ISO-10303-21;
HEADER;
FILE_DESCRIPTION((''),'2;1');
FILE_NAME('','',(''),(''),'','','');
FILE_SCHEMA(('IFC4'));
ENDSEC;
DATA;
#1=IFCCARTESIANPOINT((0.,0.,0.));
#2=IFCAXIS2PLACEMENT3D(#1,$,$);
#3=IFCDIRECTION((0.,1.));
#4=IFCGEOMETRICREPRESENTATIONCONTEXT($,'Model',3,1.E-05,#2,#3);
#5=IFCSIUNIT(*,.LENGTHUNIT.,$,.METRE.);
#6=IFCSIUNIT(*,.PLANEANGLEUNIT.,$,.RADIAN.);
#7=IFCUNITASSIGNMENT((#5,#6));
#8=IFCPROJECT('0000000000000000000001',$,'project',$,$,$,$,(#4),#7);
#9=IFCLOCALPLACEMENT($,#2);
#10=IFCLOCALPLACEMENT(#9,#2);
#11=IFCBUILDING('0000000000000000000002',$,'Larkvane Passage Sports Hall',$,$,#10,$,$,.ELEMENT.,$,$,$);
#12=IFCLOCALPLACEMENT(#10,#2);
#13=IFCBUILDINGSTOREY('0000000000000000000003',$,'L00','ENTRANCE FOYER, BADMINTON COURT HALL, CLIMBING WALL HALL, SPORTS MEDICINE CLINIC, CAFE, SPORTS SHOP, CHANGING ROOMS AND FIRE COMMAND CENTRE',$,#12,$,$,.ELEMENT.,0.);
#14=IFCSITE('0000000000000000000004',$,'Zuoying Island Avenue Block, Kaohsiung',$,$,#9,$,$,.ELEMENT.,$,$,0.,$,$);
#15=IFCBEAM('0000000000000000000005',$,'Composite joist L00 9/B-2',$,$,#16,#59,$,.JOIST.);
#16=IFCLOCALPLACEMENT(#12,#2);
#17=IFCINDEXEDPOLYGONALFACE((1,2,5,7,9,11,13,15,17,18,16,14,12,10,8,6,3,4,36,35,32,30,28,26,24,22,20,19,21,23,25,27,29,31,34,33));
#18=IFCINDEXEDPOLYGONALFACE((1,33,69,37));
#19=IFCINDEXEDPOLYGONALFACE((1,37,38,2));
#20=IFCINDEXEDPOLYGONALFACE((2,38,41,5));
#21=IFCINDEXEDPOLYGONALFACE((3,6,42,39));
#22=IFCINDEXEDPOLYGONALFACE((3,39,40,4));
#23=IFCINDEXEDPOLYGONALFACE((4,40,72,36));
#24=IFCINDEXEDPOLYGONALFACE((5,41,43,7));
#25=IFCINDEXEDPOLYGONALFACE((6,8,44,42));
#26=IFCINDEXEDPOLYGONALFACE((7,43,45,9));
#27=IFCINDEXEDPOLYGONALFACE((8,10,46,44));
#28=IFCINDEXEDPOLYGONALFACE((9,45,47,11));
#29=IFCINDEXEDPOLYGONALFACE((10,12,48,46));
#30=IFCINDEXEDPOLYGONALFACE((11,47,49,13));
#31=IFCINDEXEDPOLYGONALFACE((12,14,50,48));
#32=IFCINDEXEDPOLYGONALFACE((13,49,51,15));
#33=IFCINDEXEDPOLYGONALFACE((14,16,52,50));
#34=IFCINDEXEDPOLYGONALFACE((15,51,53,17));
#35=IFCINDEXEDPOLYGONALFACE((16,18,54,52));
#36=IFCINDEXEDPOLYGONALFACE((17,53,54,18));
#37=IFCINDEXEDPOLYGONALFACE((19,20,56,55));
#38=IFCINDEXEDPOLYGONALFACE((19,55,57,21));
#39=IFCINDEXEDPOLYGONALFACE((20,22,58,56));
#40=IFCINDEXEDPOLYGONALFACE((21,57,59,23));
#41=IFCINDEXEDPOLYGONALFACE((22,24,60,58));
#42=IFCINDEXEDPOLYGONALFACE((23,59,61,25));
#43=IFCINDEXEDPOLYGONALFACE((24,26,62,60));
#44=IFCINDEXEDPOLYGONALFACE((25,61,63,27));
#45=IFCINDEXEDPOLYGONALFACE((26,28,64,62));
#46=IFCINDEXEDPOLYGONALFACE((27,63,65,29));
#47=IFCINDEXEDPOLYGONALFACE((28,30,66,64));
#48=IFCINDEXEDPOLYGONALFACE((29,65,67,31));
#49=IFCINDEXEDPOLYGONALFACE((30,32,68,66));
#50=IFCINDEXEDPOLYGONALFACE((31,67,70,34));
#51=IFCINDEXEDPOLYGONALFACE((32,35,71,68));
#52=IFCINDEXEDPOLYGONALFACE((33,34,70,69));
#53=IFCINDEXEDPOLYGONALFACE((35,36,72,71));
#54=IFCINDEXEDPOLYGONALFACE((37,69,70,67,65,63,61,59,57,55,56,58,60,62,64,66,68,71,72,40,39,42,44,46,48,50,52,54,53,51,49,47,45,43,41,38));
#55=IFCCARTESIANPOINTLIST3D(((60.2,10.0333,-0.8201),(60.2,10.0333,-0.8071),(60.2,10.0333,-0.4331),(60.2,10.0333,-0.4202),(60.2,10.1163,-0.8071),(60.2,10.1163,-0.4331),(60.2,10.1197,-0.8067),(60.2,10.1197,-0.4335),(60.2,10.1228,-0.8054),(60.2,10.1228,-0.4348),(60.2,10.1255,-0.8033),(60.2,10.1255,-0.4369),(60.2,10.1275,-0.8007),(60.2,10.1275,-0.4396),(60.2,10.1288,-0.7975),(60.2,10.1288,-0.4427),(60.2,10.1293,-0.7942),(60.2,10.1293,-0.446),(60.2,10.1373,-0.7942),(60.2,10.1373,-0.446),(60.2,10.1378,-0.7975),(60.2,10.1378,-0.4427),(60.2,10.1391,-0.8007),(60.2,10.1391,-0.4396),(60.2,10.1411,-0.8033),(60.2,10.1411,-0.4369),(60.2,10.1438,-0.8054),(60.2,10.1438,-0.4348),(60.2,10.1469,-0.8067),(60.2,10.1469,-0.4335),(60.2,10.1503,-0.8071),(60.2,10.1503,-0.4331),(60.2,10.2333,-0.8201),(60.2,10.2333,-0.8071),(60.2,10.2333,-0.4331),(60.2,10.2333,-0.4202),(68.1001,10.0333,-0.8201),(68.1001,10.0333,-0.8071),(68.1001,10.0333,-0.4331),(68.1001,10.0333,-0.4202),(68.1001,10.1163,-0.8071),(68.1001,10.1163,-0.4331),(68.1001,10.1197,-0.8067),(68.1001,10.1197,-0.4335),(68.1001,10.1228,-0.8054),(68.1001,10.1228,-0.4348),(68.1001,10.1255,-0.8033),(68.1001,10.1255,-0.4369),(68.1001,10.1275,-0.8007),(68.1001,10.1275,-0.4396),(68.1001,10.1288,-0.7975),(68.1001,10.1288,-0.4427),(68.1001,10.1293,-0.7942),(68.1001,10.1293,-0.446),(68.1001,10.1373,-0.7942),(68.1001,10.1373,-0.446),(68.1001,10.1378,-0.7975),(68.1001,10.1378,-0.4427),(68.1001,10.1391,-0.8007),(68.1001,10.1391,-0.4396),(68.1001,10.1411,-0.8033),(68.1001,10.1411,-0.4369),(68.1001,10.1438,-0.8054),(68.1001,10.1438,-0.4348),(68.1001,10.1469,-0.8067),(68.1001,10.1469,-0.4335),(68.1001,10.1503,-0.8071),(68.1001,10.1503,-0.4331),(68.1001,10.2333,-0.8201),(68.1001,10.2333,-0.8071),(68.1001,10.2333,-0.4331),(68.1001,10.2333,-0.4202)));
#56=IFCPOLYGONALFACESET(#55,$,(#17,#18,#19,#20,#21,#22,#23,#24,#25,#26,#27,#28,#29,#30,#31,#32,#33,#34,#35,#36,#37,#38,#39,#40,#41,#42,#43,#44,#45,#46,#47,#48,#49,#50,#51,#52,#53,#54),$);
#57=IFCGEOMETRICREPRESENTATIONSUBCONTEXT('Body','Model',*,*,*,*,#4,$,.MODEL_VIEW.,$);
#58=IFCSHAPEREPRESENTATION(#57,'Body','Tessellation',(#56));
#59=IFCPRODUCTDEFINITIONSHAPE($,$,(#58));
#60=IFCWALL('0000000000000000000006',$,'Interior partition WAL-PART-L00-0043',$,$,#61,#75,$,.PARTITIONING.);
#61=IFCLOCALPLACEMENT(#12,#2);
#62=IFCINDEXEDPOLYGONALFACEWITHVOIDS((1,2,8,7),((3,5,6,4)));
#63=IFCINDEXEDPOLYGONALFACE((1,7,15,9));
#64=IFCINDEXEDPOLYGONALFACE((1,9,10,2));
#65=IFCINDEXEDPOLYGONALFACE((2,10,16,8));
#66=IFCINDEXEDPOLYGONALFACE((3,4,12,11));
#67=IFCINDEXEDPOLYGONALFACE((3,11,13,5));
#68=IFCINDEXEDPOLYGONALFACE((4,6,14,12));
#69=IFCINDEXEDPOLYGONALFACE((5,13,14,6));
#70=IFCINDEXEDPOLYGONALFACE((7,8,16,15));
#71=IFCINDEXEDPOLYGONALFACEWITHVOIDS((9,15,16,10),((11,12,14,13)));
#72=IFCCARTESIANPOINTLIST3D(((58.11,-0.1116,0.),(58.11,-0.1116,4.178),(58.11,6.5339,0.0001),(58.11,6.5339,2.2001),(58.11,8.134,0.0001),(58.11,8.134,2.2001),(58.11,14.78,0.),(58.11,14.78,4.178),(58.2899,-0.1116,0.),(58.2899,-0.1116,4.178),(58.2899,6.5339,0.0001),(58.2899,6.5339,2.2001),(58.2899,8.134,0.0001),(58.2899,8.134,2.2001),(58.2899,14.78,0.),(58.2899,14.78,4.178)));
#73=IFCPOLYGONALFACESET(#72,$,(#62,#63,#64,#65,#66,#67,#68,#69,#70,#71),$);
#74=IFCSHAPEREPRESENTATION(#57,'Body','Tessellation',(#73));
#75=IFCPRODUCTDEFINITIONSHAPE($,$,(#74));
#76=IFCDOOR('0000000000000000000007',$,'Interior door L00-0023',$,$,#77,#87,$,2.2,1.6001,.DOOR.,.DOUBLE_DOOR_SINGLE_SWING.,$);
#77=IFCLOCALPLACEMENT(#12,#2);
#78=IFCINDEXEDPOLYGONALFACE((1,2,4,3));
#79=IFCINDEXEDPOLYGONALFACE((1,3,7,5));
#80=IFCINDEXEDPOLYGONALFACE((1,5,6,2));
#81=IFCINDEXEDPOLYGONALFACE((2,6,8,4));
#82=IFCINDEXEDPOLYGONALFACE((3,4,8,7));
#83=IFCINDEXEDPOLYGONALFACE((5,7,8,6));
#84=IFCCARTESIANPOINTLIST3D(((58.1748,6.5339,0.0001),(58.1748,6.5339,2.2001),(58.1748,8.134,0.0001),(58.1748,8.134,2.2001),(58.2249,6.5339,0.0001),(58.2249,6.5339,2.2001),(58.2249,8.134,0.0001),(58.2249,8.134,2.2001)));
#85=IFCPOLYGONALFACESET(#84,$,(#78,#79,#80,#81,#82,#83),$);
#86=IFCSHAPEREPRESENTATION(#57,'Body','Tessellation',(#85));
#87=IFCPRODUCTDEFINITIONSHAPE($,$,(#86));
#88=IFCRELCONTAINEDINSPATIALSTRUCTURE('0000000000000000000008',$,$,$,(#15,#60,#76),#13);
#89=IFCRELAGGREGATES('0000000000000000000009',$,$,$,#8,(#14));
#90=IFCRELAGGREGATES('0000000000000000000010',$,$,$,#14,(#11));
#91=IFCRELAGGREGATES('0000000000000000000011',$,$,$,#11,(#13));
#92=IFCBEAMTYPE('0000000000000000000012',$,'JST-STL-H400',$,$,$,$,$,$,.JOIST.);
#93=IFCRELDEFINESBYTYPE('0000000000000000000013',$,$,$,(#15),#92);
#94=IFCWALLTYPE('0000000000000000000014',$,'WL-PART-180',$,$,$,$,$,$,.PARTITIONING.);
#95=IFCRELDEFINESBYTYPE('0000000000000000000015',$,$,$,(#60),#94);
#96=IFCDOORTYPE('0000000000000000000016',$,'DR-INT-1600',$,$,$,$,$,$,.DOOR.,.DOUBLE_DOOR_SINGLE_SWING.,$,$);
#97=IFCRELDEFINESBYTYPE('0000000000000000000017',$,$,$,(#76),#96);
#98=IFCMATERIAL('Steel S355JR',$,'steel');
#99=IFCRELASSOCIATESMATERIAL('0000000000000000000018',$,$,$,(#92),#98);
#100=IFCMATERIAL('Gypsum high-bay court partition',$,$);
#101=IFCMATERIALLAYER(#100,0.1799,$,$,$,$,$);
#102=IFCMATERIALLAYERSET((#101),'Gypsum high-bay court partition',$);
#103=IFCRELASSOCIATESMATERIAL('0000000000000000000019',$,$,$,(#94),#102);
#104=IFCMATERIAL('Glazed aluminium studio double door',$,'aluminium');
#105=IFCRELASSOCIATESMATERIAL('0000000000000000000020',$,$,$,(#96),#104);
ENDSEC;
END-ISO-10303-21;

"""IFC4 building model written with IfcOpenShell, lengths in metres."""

from ifc_helpers import new_model, si_unit, direction, frame, frame_2d, origin, origin_2d, place, context, subcontext, project, spatial, rectangle, i_section, extrude, material, layer, layer_set, material_profile, profile_set, type_object, element, fill, save


model = new_model("IFC4")

# Units and contexts
model_context = context("Model", 3, precision=1e-05, world=origin(), true_north=direction((0.0, 1.0)))
body_context = subcontext(model_context, "Body", "Model", "MODEL_VIEW")
ifc_project = project(units=[si_unit("LENGTHUNIT", "METRE"), si_unit("PLANEANGLEUNIT", "RADIAN")], contexts=[model_context])

# Site, building, storey
site_placement = place(None, origin())
site = spatial("IfcSite", under=ifc_project, at=site_placement, Name="Zuoying Island Avenue Block, Kaohsiung", CompositionType="ELEMENT", RefElevation=0.0)
building_placement = place(site_placement, origin())
building = spatial("IfcBuilding", under=site, at=building_placement, Name="Larkvane Passage Sports Hall", CompositionType="ELEMENT")
storey_placement = place(building_placement, origin())
storey = spatial("IfcBuildingStorey", under=building, at=storey_placement, Name="L00", Description="ENTRANCE FOYER, BADMINTON COURT HALL, CLIMBING WALL HALL, SPORTS MEDICINE CLINIC, CAFE, SPORTS SHOP, CHANGING ROOMS AND FIRE COMMAND CENTRE", CompositionType="ELEMENT", Elevation=0.0)

# Shared definitions
ifc_material_1 = material(Name="Steel S355JR", Category="steel")

# Beam
ifc_material_profile_1 = material_profile(ifc_material_1, i_section(OverallWidth=0.2, OverallDepth=0.3999, WebThickness=0.0081, FlangeThickness=0.0129, FilletRadius=0.0129, at=origin_2d()), Name="H-400x200x8x13")
ifc_profile_set_1 = profile_set([ifc_material_profile_1], Name="Steel S355JR")
beam_type_1 = type_object("IfcBeamType", Name="JST-STL-H400", PredefinedType="JOIST", material=ifc_profile_set_1)
beam_1_placement = place(storey_placement, frame((60.2, 10.1333, -0.6201), z_axis=(1.0, 0.0, 0.0), x_axis=(0.0, 1.0, 0.0)))
element("IfcBeam", 1, at=beam_1_placement, inside=storey, type_object=beam_type_1, Name="Composite joist L00 9/B-2", PredefinedType="JOIST", context=body_context, shape_type="SweptSolid", body=[
    extrude(i_section(OverallWidth=0.2, OverallDepth=0.3999, WebThickness=0.0081, FlangeThickness=0.0129, FilletRadius=0.0129, at=origin_2d()), origin(), (0.0, 0.0, 1.0), 7.9001),
])

# Wall, opening, door
ifc_material_2 = material(Name="Gypsum high-bay court partition")
ifc_layer = layer(ifc_material_2, 0.1799)
ifc_layer_set = layer_set([ifc_layer], Name="Gypsum high-bay court partition")
wall_type = type_object("IfcWallType", Name="WL-PART-180", PredefinedType="PARTITIONING", material=ifc_layer_set)
wall_placement = place(storey_placement, frame((58.2, 14.78, 0.0), z_axis=(0.0, 0.0, 1.0), x_axis=(0.0, -1.0, 0.0)))
wall = element("IfcWall", 2, at=wall_placement, inside=storey, type_object=wall_type, Name="Interior partition WAL-PART-L00-0043", PredefinedType="PARTITIONING", context=body_context, shape_type="SweptSolid", body=[
    extrude(rectangle(XDim=14.8916, YDim=0.1799, at=frame_2d((7.4458, 0.0))), origin(), (0.0, 0.0, 1.0), 4.178),
])
opening_placement = place(wall_placement, frame((6.646, 0.0, 0.0)))
opening = element("IfcOpeningElement", 3, at=opening_placement, cuts=wall, PredefinedType="OPENING", context=body_context, shape_type="SweptSolid", body=[
    extrude(rectangle(XDim=1.6001, YDim=2.2, at=frame_2d((0.8, 1.1001))), frame((0.0, 0.0999, 0.0), z_axis=(0.0, -1.0, 0.0), x_axis=(1.0, 0.0, 0.0)), (0.0, 0.0, 1.0), 0.2),
])
ifc_material_3 = material(Name="Glazed aluminium studio double door", Category="aluminium")
door_type = type_object("IfcDoorType", Name="DR-INT-1600", OperationType="DOUBLE_DOOR_SINGLE_SWING", PredefinedType="DOOR", material=ifc_material_3)
door_placement = place(opening_placement, origin())
door = element("IfcDoor", 4, at=door_placement, inside=storey, type_object=door_type, Name="Interior door L00-0023", OperationType="DOUBLE_DOOR_SINGLE_SWING", OverallHeight=2.2, OverallWidth=1.6001, PredefinedType="DOOR", context=body_context, shape_type="SweptSolid", body=[
    extrude(rectangle(XDim=1.6001, YDim=2.2, at=frame_2d((0.8, 1.1001))), frame((0.0, 0.0249, 0.0), z_axis=(0.0, -1.0, 0.0), x_axis=(1.0, 0.0, 0.0)), (0.0, 0.0, 1.0), 0.05),
])
fill(opening, door)

save(model, "model.ifc")
